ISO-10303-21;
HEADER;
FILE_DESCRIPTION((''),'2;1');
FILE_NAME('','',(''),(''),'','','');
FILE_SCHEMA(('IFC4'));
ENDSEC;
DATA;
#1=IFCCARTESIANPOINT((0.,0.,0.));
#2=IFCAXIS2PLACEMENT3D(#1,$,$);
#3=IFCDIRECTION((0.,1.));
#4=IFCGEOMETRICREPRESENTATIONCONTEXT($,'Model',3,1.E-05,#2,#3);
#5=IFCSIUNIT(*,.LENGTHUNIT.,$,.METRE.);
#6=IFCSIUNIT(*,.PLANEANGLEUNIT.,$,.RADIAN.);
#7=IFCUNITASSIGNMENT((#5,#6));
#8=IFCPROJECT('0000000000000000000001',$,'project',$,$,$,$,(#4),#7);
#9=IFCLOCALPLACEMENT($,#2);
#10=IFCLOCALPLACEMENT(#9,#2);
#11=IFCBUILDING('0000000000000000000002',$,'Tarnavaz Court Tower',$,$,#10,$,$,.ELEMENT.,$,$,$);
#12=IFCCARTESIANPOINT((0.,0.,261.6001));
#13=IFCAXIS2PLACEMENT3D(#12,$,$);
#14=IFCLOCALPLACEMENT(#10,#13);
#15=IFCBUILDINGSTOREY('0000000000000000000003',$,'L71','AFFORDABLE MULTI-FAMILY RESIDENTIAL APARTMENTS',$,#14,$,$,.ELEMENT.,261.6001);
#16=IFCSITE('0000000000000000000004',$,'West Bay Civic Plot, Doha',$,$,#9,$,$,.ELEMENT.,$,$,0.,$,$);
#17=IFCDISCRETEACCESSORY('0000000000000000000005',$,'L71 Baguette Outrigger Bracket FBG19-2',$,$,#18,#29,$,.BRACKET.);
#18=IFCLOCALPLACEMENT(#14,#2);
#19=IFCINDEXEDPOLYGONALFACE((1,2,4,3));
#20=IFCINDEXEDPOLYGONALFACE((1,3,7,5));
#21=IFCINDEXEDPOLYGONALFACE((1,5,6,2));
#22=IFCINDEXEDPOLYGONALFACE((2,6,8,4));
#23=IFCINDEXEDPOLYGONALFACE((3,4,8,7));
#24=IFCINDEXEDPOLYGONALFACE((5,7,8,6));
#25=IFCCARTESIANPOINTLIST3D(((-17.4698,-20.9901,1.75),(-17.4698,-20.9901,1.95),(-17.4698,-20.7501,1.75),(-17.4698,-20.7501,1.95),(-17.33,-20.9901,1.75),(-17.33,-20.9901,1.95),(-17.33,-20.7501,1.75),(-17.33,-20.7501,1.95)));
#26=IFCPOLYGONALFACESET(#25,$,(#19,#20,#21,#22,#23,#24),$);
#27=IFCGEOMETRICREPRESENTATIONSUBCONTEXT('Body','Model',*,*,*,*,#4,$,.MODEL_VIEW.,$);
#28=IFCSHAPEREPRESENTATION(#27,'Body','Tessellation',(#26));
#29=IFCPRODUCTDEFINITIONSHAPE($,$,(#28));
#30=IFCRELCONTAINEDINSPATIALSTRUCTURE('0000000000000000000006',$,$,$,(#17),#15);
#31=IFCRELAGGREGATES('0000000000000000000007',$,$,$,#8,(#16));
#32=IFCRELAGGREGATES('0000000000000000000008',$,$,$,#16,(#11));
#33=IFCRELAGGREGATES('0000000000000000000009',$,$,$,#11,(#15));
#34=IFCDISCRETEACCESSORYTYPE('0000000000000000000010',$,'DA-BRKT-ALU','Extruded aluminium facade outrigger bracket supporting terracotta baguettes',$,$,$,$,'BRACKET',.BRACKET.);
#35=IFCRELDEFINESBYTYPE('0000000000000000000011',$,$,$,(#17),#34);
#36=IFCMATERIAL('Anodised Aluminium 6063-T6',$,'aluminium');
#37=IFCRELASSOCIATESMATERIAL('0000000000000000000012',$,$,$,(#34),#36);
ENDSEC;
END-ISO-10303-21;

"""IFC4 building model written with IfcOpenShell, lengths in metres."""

from ifc_helpers import new_model, si_unit, direction, frame, origin, origin_2d, place, context, subcontext, project, spatial, rectangle, extrude, material, type_object, element, save


model = new_model("IFC4")

# Units and contexts
model_context = context("Model", 3, precision=1e-05, world=origin(), true_north=direction((0.0, 1.0)))
body_context = subcontext(model_context, "Body", "Model", "MODEL_VIEW")
ifc_project = project(units=[si_unit("LENGTHUNIT", "METRE"), si_unit("PLANEANGLEUNIT", "RADIAN")], contexts=[model_context])

# Site, building, storey
site_placement = place(None, origin())
site = spatial("IfcSite", under=ifc_project, at=site_placement, Name="West Bay Civic Plot, Doha", CompositionType="ELEMENT", RefElevation=0.0)
building_placement = place(site_placement, origin())
building = spatial("IfcBuilding", under=site, at=building_placement, Name="Tarnavaz Court Tower", CompositionType="ELEMENT")
storey_placement = place(building_placement, frame((0.0, 0.0, 261.6001)))
storey = spatial("IfcBuildingStorey", under=building, at=storey_placement, Name="L71", Description="AFFORDABLE MULTI-FAMILY RESIDENTIAL APARTMENTS", CompositionType="ELEMENT", Elevation=261.6001)

# Discrete accessory
ifc_material_1 = material(Name="Anodised Aluminium 6063-T6", Category="aluminium")
discrete_accessory_type = type_object("IfcDiscreteAccessoryType", Name="DA-BRKT-ALU", Description="Extruded aluminium facade outrigger bracket supporting terracotta baguettes", ElementType="BRACKET", PredefinedType="BRACKET", material=ifc_material_1)
for number, where, z_axis, x_axis, name in (
    (1, (-17.3999, -20.8701, 1.75), (0.0, 0.0, 1.0), (-1.0, 0.0, 0.0), "L71 Baguette Outrigger Bracket FBG19-2"),
):
    element("IfcDiscreteAccessory", number, at=place(storey_placement, frame(where, z_axis=z_axis, x_axis=x_axis)), inside=storey, type_object=discrete_accessory_type, Name=name, PredefinedType="BRACKET", context=body_context, shape_type="SweptSolid", body=[
        extrude(rectangle(XDim=0.1399, YDim=0.24, at=origin_2d()), origin(), (0.0, 0.0, 1.0), 0.2),
    ])

save(model, "model.ifc")
